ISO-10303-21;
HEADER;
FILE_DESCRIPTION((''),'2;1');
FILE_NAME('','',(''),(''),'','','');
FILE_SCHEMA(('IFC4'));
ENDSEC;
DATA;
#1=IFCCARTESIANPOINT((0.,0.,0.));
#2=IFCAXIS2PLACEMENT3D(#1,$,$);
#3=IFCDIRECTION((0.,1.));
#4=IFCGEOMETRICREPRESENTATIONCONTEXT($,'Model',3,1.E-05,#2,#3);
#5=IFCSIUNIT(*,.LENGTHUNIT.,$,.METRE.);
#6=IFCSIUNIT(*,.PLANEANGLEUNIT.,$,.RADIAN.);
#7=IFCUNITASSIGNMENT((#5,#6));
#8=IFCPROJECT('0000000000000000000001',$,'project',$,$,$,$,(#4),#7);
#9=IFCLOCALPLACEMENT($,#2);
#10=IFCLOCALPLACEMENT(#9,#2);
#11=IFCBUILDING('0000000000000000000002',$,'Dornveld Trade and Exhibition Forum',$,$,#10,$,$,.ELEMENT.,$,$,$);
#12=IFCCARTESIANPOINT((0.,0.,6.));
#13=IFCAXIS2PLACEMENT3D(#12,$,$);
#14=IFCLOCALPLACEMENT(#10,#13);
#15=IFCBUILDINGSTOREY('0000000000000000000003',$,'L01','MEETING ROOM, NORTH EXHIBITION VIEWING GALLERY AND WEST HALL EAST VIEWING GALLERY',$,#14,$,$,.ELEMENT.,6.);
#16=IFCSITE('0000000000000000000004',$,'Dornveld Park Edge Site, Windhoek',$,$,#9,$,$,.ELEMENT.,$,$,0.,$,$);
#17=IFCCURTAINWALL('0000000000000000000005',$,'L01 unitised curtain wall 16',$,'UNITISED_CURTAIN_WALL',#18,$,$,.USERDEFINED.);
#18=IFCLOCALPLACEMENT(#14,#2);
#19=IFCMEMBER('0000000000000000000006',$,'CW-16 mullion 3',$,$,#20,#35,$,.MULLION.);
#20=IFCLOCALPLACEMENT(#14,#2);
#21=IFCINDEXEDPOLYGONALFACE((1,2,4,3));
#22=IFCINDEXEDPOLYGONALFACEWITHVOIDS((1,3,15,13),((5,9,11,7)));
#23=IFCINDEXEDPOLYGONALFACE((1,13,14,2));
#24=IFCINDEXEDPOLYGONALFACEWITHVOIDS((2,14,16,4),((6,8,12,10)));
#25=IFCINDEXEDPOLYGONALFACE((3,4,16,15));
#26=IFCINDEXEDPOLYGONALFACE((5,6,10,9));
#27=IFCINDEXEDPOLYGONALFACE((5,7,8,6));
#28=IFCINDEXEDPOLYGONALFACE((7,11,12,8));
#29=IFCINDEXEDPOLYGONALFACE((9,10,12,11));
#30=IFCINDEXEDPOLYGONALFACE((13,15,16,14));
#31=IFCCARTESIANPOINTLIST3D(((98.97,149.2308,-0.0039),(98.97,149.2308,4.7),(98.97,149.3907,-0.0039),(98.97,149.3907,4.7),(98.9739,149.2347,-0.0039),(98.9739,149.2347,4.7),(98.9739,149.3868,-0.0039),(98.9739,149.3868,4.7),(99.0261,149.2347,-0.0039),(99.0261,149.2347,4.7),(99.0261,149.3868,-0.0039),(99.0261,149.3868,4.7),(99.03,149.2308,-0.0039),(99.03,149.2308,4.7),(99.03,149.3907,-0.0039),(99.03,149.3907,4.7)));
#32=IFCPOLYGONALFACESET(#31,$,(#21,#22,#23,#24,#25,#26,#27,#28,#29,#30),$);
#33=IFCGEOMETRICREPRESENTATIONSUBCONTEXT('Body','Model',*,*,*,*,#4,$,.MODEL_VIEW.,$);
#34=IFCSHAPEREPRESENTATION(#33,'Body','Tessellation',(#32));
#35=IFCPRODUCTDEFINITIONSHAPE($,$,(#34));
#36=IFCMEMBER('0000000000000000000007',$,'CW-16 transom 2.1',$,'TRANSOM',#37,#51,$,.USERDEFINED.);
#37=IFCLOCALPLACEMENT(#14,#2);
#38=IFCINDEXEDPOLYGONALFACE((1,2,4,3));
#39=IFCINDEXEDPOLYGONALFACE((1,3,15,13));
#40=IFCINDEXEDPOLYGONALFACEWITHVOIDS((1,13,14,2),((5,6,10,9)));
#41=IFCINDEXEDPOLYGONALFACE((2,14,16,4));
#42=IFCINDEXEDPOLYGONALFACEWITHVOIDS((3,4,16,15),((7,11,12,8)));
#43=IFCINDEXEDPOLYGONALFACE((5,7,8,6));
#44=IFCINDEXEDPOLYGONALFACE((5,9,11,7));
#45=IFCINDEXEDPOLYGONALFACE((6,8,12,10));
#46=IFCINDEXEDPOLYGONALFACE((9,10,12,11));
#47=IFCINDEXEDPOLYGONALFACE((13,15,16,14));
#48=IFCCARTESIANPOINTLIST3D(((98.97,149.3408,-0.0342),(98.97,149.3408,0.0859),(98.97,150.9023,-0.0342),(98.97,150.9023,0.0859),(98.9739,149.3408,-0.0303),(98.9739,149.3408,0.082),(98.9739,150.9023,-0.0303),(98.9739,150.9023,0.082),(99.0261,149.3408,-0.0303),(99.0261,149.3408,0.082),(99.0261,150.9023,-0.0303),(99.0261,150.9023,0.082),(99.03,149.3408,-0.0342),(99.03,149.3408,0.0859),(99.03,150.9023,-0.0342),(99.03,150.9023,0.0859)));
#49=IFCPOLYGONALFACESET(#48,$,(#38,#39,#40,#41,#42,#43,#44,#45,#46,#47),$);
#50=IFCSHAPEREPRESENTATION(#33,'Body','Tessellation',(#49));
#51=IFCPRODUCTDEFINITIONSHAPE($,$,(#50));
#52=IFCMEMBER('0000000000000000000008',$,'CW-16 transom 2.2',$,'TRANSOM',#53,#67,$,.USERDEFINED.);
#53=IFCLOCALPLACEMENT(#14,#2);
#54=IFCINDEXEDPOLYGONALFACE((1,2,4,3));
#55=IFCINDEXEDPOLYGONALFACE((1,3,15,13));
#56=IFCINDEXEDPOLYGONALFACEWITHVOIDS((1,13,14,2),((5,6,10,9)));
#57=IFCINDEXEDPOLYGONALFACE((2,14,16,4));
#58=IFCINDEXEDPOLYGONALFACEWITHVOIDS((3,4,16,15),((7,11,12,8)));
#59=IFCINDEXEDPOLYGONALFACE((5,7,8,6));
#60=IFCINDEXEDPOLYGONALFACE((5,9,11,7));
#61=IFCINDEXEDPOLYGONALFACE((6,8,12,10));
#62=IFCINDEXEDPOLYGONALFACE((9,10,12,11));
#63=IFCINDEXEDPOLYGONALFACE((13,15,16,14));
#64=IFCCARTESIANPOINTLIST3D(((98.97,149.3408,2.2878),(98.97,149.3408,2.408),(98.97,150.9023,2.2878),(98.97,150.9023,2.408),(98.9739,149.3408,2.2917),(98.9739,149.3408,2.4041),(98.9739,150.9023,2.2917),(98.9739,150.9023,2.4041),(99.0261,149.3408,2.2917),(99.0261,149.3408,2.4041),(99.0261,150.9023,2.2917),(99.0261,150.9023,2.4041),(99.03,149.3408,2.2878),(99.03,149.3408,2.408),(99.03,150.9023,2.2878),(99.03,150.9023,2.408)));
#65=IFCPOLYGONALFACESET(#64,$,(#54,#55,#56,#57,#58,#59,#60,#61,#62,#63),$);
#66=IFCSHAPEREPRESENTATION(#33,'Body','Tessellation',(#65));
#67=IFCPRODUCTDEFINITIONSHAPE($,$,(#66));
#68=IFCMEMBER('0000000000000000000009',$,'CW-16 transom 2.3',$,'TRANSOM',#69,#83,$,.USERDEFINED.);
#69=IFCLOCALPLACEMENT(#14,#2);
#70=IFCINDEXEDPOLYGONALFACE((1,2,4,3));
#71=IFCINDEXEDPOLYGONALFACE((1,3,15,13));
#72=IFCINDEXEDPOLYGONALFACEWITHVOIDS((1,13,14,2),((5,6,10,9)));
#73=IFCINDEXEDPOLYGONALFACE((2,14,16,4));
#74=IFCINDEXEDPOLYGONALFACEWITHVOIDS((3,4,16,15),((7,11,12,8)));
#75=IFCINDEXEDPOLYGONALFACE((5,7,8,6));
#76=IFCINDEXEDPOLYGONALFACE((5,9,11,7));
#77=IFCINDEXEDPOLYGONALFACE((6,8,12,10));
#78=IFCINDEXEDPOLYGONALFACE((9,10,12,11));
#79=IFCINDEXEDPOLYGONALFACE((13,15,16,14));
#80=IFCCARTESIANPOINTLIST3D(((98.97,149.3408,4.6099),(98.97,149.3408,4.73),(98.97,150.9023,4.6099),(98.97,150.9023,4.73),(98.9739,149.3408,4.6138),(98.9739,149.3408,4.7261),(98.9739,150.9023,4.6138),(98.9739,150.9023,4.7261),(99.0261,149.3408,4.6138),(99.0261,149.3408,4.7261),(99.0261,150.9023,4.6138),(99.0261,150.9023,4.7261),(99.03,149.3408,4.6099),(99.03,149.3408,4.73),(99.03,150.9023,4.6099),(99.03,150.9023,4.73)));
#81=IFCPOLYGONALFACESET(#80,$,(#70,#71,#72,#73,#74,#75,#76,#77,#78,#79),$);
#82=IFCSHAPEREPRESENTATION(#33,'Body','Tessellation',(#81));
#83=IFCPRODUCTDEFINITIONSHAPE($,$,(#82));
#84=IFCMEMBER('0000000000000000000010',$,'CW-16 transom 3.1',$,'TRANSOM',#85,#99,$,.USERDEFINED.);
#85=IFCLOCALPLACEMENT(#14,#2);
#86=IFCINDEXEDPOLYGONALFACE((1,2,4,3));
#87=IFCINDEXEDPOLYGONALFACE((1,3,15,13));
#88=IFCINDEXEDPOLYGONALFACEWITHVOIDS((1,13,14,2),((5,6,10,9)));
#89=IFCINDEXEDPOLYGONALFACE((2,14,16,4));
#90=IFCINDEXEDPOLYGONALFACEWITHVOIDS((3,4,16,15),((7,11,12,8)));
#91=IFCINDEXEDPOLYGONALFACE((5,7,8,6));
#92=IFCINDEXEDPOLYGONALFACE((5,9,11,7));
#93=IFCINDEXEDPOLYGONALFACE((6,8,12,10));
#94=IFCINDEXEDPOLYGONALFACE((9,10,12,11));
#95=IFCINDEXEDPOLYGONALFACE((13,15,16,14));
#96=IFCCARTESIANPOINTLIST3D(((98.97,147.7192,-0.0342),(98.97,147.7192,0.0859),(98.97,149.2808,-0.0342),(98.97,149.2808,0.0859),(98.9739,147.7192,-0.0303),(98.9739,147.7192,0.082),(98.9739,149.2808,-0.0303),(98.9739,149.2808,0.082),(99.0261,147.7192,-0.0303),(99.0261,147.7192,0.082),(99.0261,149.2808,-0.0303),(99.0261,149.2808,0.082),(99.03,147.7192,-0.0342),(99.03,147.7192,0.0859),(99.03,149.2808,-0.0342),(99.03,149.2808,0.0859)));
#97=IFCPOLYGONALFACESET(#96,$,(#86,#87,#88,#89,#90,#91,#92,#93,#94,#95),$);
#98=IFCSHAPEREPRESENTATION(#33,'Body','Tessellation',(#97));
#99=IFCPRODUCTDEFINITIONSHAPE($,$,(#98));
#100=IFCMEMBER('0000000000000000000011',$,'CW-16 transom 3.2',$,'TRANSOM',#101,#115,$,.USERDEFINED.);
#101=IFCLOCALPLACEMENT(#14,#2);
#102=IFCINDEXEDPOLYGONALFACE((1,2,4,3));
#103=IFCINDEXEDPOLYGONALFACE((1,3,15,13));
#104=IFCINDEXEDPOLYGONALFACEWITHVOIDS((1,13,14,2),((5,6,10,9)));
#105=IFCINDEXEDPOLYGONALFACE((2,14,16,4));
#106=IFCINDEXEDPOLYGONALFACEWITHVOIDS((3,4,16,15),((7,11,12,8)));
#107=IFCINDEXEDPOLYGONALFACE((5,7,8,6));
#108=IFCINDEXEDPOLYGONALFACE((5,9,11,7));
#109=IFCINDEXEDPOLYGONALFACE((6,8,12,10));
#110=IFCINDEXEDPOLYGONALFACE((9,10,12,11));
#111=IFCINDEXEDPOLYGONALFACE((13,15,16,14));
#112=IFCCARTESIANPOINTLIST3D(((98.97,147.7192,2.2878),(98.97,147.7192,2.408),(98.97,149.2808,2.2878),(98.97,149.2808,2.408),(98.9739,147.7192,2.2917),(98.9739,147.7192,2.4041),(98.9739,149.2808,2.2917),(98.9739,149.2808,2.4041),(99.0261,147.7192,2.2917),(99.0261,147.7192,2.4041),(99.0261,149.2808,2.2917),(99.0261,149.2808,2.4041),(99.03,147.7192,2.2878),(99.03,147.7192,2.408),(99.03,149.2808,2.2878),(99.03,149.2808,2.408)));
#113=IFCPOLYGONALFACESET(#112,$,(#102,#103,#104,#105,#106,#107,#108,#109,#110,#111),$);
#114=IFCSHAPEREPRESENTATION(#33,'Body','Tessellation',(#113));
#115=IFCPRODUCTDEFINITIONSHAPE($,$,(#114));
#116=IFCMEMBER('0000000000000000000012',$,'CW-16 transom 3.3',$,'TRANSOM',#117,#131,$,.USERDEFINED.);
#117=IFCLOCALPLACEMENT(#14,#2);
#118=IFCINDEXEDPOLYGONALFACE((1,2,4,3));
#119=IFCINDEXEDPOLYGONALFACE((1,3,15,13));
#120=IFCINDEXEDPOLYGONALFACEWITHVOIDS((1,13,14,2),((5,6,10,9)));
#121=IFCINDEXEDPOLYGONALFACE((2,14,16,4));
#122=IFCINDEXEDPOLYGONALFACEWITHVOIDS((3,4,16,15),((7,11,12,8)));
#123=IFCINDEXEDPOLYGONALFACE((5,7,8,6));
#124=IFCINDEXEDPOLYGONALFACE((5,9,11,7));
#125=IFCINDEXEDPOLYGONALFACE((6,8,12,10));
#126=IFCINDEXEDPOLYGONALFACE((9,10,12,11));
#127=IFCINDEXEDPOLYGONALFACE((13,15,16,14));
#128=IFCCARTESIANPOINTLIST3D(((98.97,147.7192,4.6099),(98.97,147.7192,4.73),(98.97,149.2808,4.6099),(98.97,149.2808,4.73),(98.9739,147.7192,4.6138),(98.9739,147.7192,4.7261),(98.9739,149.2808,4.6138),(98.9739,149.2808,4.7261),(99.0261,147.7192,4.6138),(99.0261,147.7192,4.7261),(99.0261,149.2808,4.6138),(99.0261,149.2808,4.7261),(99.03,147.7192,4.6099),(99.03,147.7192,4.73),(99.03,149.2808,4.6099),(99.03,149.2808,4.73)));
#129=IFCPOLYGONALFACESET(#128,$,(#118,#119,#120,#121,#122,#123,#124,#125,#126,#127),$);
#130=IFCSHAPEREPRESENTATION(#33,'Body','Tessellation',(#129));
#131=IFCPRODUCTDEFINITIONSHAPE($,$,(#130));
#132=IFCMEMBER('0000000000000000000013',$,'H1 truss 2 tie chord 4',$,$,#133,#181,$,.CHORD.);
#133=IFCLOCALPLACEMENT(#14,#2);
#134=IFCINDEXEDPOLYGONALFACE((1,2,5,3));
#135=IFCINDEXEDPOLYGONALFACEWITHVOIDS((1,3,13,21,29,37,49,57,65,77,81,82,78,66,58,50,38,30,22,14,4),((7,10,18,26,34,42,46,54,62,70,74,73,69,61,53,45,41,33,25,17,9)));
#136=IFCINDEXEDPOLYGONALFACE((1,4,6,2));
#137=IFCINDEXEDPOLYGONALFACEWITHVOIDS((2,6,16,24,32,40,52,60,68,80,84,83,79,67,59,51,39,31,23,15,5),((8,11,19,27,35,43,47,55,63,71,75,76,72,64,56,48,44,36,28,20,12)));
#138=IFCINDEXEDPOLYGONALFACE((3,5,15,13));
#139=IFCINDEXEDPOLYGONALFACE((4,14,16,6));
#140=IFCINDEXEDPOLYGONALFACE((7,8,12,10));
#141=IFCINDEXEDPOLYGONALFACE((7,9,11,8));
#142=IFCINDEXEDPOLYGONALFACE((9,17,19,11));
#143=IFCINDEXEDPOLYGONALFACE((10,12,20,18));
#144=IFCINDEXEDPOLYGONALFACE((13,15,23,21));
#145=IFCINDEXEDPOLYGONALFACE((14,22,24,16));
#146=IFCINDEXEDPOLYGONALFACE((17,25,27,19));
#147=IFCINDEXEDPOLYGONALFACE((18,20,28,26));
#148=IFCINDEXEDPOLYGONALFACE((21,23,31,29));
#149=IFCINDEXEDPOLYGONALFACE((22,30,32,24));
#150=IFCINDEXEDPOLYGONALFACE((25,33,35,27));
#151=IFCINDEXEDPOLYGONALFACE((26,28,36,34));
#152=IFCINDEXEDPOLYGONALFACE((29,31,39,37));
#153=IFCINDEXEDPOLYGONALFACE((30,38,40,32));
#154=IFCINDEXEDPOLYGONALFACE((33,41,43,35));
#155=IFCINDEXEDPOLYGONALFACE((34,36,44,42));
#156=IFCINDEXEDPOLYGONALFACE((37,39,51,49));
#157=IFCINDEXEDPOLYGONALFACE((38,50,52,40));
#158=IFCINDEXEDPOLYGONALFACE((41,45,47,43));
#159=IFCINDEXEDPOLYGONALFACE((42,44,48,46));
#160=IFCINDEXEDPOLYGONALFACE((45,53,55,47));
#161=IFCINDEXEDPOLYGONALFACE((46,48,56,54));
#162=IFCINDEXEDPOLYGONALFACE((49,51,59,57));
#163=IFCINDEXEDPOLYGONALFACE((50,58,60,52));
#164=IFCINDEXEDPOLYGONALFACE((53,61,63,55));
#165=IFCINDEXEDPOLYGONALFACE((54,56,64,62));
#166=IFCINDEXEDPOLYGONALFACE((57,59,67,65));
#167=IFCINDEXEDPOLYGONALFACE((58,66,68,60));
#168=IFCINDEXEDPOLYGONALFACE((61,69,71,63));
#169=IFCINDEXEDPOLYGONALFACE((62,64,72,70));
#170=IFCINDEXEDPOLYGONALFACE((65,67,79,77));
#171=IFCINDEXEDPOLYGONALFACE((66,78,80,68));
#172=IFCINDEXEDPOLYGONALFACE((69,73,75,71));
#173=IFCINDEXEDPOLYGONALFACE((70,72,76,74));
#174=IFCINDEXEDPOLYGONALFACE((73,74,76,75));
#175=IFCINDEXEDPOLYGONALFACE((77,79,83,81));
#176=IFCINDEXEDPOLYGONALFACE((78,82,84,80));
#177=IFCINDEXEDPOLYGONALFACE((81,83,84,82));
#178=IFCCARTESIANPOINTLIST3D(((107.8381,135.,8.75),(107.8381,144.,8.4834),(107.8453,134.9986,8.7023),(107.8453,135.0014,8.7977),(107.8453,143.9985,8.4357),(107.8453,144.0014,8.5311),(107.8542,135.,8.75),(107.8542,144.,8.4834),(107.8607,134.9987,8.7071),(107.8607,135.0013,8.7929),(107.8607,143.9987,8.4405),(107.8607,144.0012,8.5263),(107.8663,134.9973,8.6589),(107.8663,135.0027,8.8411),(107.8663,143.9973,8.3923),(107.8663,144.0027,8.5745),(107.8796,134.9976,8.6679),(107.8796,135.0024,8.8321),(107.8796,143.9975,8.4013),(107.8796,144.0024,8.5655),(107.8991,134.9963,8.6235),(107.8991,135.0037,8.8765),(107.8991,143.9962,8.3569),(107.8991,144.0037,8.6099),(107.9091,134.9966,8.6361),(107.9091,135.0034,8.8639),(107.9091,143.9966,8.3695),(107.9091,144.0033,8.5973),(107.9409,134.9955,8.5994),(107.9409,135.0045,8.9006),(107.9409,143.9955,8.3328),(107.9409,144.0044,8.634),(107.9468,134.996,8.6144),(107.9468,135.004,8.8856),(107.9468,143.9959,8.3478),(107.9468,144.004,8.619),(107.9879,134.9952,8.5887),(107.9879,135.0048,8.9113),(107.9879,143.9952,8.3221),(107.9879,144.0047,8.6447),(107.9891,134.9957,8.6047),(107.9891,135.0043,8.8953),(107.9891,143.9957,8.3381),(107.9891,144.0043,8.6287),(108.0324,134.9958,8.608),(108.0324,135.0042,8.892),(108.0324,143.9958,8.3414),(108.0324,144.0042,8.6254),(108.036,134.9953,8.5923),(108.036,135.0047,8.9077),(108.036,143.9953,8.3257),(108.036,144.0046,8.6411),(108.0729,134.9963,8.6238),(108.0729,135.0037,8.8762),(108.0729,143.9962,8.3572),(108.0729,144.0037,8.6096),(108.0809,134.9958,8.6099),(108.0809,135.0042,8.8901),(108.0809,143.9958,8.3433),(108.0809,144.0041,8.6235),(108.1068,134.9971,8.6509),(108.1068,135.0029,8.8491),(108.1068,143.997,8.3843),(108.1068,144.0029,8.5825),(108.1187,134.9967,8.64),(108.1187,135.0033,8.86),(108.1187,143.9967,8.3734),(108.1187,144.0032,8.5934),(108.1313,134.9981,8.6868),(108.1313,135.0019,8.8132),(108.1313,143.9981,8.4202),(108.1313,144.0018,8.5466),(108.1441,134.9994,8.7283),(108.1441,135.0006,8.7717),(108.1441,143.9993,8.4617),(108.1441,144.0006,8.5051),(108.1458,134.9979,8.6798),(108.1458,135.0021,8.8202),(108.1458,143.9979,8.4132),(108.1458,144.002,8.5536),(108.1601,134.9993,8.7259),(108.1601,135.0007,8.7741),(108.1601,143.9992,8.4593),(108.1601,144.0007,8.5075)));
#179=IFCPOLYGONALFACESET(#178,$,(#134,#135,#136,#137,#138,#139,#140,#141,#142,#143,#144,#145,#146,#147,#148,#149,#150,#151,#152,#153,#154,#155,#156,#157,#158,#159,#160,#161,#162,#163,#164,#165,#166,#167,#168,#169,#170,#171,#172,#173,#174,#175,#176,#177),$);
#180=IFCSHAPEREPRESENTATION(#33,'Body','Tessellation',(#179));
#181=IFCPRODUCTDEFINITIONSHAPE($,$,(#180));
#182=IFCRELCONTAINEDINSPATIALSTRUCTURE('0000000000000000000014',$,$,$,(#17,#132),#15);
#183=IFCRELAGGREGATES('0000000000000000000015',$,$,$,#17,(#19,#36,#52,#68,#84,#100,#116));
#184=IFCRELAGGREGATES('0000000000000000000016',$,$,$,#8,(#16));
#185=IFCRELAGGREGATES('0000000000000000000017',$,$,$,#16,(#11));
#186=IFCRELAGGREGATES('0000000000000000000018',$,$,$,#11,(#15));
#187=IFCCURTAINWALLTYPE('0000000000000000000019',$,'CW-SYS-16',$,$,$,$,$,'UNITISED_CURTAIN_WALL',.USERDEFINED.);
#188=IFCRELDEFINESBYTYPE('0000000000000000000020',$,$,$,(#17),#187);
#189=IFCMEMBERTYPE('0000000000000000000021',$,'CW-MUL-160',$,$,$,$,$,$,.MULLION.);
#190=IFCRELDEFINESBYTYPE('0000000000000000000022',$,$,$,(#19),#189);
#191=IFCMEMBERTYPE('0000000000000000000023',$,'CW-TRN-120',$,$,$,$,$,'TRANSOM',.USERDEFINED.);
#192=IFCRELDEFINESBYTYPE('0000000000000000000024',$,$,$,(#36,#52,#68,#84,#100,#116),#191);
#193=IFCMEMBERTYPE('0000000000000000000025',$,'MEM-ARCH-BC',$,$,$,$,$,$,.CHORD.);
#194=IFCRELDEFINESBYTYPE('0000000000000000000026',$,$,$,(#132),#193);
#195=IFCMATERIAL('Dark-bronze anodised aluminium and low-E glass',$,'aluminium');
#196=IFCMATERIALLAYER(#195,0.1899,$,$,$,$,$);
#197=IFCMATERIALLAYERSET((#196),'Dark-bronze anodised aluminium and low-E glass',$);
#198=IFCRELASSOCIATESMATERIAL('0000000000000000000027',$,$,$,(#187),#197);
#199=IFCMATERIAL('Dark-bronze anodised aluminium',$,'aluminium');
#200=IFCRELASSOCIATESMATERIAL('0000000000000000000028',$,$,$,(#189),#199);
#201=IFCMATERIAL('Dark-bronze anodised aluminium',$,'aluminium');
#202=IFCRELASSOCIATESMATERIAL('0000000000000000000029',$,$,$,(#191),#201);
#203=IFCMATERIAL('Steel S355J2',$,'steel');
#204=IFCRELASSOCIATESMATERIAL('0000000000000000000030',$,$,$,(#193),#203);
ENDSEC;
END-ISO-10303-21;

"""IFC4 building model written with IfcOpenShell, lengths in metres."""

from ifc_helpers import new_model, si_unit, direction, frame, origin, origin_2d, place, context, subcontext, project, spatial, hollow_rectangle, hollow_circle, extrude, material, layer, layer_set, material_profile, profile_set, type_object, element, aggregate, save


model = new_model("IFC4")

# Units and contexts
model_context = context("Model", 3, precision=1e-05, world=origin(), true_north=direction((0.0, 1.0)))
body_context = subcontext(model_context, "Body", "Model", "MODEL_VIEW")
ifc_project = project(units=[si_unit("LENGTHUNIT", "METRE"), si_unit("PLANEANGLEUNIT", "RADIAN")], contexts=[model_context])

# Site, building, storey
site_placement = place(None, origin())
site = spatial("IfcSite", under=ifc_project, at=site_placement, Name="Dornveld Park Edge Site, Windhoek", CompositionType="ELEMENT", RefElevation=0.0)
building_placement = place(site_placement, origin())
building = spatial("IfcBuilding", under=site, at=building_placement, Name="Dornveld Trade and Exhibition Forum", CompositionType="ELEMENT")
storey_placement = place(building_placement, frame((0.0, 0.0, 6.0)))
storey = spatial("IfcBuildingStorey", under=building, at=storey_placement, Name="L01", Description="MEETING ROOM, NORTH EXHIBITION VIEWING GALLERY AND WEST HALL EAST VIEWING GALLERY", CompositionType="ELEMENT", Elevation=6.0)

# Curtain wall, members
ifc_material_1 = material(Name="Dark-bronze anodised aluminium and low-E glass", Category="aluminium")
ifc_layer_1 = layer(ifc_material_1, 0.1899)
ifc_layer_set_1 = layer_set([ifc_layer_1], Name="Dark-bronze anodised aluminium and low-E glass")
curtain_wall_type = type_object("IfcCurtainWallType", Name="CW-SYS-16", ElementType="UNITISED_CURTAIN_WALL", PredefinedType="USERDEFINED", material=ifc_layer_set_1)
curtain_wall_placement = place(storey_placement, origin())
curtain_wall = element("IfcCurtainWall", 1, at=curtain_wall_placement, inside=storey, type_object=curtain_wall_type, Name="L01 unitised curtain wall 16", ObjectType="UNITISED_CURTAIN_WALL", PredefinedType="USERDEFINED")
ifc_material_2 = material(Name="Dark-bronze anodised aluminium", Category="aluminium")
ifc_material_profile_1 = material_profile(ifc_material_2, hollow_rectangle(XDim=0.0601, YDim=0.1599, WallThickness=0.0039, at=origin_2d()), Name="RHS 160x60x4")
ifc_profile_set_1 = profile_set([ifc_material_profile_1], Name="Dark-bronze anodised aluminium")
member_type_1 = type_object("IfcMemberType", Name="CW-MUL-160", PredefinedType="MULLION", material=ifc_profile_set_1)
member_1_placement = place(storey_placement, frame((99.0, 149.3108, -0.0039), z_axis=(0.0, 0.0, 1.0), x_axis=(1.0, 0.0, 0.0)))
member_1 = element("IfcMember", 2, at=member_1_placement, type_object=member_type_1, Name="CW-16 mullion 3", PredefinedType="MULLION", context=body_context, shape_type="SweptSolid", body=[
    extrude(hollow_rectangle(XDim=0.0601, YDim=0.1599, WallThickness=0.0039, at=origin_2d()), origin(), (0.0, 0.0, 1.0), 4.7039),
])
ifc_material_3 = material(Name="Dark-bronze anodised aluminium", Category="aluminium")
ifc_material_profile_2 = material_profile(ifc_material_3, hollow_rectangle(XDim=0.0601, YDim=0.1201, WallThickness=0.0039, at=origin_2d()), Name="RHS 120x60x4")
ifc_profile_set_2 = profile_set([ifc_material_profile_2], Name="Dark-bronze anodised aluminium")
member_type_2 = type_object("IfcMemberType", Name="CW-TRN-120", ElementType="TRANSOM", PredefinedType="USERDEFINED", material=ifc_profile_set_2)
member_2_placement = place(storey_placement, frame((99.0, 150.9023, 0.0259), z_axis=(0.0, -1.0, 0.0), x_axis=(1.0, 0.0, 0.0)))
member_2 = element("IfcMember", 3, at=member_2_placement, type_object=member_type_2, Name="CW-16 transom 2.1", ObjectType="TRANSOM", PredefinedType="USERDEFINED", context=body_context, shape_type="SweptSolid", body=[
    extrude(hollow_rectangle(XDim=0.0601, YDim=0.1201, WallThickness=0.0039, at=origin_2d()), origin(), (0.0, 0.0, 1.0), 1.5615),
])
member_3_placement = place(storey_placement, frame((99.0, 150.9023, 2.3479), z_axis=(0.0, -1.0, 0.0), x_axis=(1.0, 0.0, 0.0)))
member_3 = element("IfcMember", 4, at=member_3_placement, type_object=member_type_2, Name="CW-16 transom 2.2", ObjectType="TRANSOM", PredefinedType="USERDEFINED", context=body_context, shape_type="SweptSolid", body=[
    extrude(hollow_rectangle(XDim=0.0601, YDim=0.1201, WallThickness=0.0039, at=origin_2d()), origin(), (0.0, 0.0, 1.0), 1.5615),
])
member_4_placement = place(storey_placement, frame((99.0, 150.9023, 4.6699), z_axis=(0.0, -1.0, 0.0), x_axis=(1.0, 0.0, 0.0)))
member_4 = element("IfcMember", 5, at=member_4_placement, type_object=member_type_2, Name="CW-16 transom 2.3", ObjectType="TRANSOM", PredefinedType="USERDEFINED", context=body_context, shape_type="SweptSolid", body=[
    extrude(hollow_rectangle(XDim=0.0601, YDim=0.1201, WallThickness=0.0039, at=origin_2d()), origin(), (0.0, 0.0, 1.0), 1.5615),
])
member_5_placement = place(storey_placement, frame((99.0, 149.2808, 0.0259), z_axis=(0.0, -1.0, 0.0), x_axis=(1.0, 0.0, 0.0)))
member_5 = element("IfcMember", 6, at=member_5_placement, type_object=member_type_2, Name="CW-16 transom 3.1", ObjectType="TRANSOM", PredefinedType="USERDEFINED", context=body_context, shape_type="SweptSolid", body=[
    extrude(hollow_rectangle(XDim=0.0601, YDim=0.1201, WallThickness=0.0039, at=origin_2d()), origin(), (0.0, 0.0, 1.0), 1.5615),
])
member_6_placement = place(storey_placement, frame((99.0, 149.2808, 2.3479), z_axis=(0.0, -1.0, 0.0), x_axis=(1.0, 0.0, 0.0)))
member_6 = element("IfcMember", 7, at=member_6_placement, type_object=member_type_2, Name="CW-16 transom 3.2", ObjectType="TRANSOM", PredefinedType="USERDEFINED", context=body_context, shape_type="SweptSolid", body=[
    extrude(hollow_rectangle(XDim=0.0601, YDim=0.1201, WallThickness=0.0039, at=origin_2d()), origin(), (0.0, 0.0, 1.0), 1.5615),
])
member_7_placement = place(storey_placement, frame((99.0, 149.2808, 4.6699), z_axis=(0.0, -1.0, 0.0), x_axis=(1.0, 0.0, 0.0)))
member_7 = element("IfcMember", 8, at=member_7_placement, type_object=member_type_2, Name="CW-16 transom 3.3", ObjectType="TRANSOM", PredefinedType="USERDEFINED", context=body_context, shape_type="SweptSolid", body=[
    extrude(hollow_rectangle(XDim=0.0601, YDim=0.1201, WallThickness=0.0039, at=origin_2d()), origin(), (0.0, 0.0, 1.0), 1.5615),
])

# Member
ifc_material_4 = material(Name="Steel S355J2", Category="steel")
ifc_material_profile_3 = material_profile(ifc_material_4, hollow_circle(Radius=0.1619, WallThickness=0.0161, at=origin_2d()), Name="CHS 323.9x16")
ifc_profile_set_3 = profile_set([ifc_material_profile_3], Name="Steel S355J2")
member_type_3 = type_object("IfcMemberType", Name="MEM-ARCH-BC", PredefinedType="CHORD", material=ifc_profile_set_3)
member_8_placement = place(storey_placement, frame((108.0, 135.0, 8.75), z_axis=(0.0, 0.999562, -0.029609), x_axis=(-1.0, 0.0, 0.0)))
element("IfcMember", 9, at=member_8_placement, inside=storey, type_object=member_type_3, Name="H1 truss 2 tie chord 4", PredefinedType="CHORD", context=body_context, shape_type="SweptSolid", body=[
    extrude(hollow_circle(Radius=0.1619, WallThickness=0.0161, at=origin_2d()), origin(), (0.0, 0.0, 1.0), 9.0039),
])

aggregate(curtain_wall, [member_1, member_2, member_3, member_4, member_5, member_6, member_7])

save(model, "model.ifc")
